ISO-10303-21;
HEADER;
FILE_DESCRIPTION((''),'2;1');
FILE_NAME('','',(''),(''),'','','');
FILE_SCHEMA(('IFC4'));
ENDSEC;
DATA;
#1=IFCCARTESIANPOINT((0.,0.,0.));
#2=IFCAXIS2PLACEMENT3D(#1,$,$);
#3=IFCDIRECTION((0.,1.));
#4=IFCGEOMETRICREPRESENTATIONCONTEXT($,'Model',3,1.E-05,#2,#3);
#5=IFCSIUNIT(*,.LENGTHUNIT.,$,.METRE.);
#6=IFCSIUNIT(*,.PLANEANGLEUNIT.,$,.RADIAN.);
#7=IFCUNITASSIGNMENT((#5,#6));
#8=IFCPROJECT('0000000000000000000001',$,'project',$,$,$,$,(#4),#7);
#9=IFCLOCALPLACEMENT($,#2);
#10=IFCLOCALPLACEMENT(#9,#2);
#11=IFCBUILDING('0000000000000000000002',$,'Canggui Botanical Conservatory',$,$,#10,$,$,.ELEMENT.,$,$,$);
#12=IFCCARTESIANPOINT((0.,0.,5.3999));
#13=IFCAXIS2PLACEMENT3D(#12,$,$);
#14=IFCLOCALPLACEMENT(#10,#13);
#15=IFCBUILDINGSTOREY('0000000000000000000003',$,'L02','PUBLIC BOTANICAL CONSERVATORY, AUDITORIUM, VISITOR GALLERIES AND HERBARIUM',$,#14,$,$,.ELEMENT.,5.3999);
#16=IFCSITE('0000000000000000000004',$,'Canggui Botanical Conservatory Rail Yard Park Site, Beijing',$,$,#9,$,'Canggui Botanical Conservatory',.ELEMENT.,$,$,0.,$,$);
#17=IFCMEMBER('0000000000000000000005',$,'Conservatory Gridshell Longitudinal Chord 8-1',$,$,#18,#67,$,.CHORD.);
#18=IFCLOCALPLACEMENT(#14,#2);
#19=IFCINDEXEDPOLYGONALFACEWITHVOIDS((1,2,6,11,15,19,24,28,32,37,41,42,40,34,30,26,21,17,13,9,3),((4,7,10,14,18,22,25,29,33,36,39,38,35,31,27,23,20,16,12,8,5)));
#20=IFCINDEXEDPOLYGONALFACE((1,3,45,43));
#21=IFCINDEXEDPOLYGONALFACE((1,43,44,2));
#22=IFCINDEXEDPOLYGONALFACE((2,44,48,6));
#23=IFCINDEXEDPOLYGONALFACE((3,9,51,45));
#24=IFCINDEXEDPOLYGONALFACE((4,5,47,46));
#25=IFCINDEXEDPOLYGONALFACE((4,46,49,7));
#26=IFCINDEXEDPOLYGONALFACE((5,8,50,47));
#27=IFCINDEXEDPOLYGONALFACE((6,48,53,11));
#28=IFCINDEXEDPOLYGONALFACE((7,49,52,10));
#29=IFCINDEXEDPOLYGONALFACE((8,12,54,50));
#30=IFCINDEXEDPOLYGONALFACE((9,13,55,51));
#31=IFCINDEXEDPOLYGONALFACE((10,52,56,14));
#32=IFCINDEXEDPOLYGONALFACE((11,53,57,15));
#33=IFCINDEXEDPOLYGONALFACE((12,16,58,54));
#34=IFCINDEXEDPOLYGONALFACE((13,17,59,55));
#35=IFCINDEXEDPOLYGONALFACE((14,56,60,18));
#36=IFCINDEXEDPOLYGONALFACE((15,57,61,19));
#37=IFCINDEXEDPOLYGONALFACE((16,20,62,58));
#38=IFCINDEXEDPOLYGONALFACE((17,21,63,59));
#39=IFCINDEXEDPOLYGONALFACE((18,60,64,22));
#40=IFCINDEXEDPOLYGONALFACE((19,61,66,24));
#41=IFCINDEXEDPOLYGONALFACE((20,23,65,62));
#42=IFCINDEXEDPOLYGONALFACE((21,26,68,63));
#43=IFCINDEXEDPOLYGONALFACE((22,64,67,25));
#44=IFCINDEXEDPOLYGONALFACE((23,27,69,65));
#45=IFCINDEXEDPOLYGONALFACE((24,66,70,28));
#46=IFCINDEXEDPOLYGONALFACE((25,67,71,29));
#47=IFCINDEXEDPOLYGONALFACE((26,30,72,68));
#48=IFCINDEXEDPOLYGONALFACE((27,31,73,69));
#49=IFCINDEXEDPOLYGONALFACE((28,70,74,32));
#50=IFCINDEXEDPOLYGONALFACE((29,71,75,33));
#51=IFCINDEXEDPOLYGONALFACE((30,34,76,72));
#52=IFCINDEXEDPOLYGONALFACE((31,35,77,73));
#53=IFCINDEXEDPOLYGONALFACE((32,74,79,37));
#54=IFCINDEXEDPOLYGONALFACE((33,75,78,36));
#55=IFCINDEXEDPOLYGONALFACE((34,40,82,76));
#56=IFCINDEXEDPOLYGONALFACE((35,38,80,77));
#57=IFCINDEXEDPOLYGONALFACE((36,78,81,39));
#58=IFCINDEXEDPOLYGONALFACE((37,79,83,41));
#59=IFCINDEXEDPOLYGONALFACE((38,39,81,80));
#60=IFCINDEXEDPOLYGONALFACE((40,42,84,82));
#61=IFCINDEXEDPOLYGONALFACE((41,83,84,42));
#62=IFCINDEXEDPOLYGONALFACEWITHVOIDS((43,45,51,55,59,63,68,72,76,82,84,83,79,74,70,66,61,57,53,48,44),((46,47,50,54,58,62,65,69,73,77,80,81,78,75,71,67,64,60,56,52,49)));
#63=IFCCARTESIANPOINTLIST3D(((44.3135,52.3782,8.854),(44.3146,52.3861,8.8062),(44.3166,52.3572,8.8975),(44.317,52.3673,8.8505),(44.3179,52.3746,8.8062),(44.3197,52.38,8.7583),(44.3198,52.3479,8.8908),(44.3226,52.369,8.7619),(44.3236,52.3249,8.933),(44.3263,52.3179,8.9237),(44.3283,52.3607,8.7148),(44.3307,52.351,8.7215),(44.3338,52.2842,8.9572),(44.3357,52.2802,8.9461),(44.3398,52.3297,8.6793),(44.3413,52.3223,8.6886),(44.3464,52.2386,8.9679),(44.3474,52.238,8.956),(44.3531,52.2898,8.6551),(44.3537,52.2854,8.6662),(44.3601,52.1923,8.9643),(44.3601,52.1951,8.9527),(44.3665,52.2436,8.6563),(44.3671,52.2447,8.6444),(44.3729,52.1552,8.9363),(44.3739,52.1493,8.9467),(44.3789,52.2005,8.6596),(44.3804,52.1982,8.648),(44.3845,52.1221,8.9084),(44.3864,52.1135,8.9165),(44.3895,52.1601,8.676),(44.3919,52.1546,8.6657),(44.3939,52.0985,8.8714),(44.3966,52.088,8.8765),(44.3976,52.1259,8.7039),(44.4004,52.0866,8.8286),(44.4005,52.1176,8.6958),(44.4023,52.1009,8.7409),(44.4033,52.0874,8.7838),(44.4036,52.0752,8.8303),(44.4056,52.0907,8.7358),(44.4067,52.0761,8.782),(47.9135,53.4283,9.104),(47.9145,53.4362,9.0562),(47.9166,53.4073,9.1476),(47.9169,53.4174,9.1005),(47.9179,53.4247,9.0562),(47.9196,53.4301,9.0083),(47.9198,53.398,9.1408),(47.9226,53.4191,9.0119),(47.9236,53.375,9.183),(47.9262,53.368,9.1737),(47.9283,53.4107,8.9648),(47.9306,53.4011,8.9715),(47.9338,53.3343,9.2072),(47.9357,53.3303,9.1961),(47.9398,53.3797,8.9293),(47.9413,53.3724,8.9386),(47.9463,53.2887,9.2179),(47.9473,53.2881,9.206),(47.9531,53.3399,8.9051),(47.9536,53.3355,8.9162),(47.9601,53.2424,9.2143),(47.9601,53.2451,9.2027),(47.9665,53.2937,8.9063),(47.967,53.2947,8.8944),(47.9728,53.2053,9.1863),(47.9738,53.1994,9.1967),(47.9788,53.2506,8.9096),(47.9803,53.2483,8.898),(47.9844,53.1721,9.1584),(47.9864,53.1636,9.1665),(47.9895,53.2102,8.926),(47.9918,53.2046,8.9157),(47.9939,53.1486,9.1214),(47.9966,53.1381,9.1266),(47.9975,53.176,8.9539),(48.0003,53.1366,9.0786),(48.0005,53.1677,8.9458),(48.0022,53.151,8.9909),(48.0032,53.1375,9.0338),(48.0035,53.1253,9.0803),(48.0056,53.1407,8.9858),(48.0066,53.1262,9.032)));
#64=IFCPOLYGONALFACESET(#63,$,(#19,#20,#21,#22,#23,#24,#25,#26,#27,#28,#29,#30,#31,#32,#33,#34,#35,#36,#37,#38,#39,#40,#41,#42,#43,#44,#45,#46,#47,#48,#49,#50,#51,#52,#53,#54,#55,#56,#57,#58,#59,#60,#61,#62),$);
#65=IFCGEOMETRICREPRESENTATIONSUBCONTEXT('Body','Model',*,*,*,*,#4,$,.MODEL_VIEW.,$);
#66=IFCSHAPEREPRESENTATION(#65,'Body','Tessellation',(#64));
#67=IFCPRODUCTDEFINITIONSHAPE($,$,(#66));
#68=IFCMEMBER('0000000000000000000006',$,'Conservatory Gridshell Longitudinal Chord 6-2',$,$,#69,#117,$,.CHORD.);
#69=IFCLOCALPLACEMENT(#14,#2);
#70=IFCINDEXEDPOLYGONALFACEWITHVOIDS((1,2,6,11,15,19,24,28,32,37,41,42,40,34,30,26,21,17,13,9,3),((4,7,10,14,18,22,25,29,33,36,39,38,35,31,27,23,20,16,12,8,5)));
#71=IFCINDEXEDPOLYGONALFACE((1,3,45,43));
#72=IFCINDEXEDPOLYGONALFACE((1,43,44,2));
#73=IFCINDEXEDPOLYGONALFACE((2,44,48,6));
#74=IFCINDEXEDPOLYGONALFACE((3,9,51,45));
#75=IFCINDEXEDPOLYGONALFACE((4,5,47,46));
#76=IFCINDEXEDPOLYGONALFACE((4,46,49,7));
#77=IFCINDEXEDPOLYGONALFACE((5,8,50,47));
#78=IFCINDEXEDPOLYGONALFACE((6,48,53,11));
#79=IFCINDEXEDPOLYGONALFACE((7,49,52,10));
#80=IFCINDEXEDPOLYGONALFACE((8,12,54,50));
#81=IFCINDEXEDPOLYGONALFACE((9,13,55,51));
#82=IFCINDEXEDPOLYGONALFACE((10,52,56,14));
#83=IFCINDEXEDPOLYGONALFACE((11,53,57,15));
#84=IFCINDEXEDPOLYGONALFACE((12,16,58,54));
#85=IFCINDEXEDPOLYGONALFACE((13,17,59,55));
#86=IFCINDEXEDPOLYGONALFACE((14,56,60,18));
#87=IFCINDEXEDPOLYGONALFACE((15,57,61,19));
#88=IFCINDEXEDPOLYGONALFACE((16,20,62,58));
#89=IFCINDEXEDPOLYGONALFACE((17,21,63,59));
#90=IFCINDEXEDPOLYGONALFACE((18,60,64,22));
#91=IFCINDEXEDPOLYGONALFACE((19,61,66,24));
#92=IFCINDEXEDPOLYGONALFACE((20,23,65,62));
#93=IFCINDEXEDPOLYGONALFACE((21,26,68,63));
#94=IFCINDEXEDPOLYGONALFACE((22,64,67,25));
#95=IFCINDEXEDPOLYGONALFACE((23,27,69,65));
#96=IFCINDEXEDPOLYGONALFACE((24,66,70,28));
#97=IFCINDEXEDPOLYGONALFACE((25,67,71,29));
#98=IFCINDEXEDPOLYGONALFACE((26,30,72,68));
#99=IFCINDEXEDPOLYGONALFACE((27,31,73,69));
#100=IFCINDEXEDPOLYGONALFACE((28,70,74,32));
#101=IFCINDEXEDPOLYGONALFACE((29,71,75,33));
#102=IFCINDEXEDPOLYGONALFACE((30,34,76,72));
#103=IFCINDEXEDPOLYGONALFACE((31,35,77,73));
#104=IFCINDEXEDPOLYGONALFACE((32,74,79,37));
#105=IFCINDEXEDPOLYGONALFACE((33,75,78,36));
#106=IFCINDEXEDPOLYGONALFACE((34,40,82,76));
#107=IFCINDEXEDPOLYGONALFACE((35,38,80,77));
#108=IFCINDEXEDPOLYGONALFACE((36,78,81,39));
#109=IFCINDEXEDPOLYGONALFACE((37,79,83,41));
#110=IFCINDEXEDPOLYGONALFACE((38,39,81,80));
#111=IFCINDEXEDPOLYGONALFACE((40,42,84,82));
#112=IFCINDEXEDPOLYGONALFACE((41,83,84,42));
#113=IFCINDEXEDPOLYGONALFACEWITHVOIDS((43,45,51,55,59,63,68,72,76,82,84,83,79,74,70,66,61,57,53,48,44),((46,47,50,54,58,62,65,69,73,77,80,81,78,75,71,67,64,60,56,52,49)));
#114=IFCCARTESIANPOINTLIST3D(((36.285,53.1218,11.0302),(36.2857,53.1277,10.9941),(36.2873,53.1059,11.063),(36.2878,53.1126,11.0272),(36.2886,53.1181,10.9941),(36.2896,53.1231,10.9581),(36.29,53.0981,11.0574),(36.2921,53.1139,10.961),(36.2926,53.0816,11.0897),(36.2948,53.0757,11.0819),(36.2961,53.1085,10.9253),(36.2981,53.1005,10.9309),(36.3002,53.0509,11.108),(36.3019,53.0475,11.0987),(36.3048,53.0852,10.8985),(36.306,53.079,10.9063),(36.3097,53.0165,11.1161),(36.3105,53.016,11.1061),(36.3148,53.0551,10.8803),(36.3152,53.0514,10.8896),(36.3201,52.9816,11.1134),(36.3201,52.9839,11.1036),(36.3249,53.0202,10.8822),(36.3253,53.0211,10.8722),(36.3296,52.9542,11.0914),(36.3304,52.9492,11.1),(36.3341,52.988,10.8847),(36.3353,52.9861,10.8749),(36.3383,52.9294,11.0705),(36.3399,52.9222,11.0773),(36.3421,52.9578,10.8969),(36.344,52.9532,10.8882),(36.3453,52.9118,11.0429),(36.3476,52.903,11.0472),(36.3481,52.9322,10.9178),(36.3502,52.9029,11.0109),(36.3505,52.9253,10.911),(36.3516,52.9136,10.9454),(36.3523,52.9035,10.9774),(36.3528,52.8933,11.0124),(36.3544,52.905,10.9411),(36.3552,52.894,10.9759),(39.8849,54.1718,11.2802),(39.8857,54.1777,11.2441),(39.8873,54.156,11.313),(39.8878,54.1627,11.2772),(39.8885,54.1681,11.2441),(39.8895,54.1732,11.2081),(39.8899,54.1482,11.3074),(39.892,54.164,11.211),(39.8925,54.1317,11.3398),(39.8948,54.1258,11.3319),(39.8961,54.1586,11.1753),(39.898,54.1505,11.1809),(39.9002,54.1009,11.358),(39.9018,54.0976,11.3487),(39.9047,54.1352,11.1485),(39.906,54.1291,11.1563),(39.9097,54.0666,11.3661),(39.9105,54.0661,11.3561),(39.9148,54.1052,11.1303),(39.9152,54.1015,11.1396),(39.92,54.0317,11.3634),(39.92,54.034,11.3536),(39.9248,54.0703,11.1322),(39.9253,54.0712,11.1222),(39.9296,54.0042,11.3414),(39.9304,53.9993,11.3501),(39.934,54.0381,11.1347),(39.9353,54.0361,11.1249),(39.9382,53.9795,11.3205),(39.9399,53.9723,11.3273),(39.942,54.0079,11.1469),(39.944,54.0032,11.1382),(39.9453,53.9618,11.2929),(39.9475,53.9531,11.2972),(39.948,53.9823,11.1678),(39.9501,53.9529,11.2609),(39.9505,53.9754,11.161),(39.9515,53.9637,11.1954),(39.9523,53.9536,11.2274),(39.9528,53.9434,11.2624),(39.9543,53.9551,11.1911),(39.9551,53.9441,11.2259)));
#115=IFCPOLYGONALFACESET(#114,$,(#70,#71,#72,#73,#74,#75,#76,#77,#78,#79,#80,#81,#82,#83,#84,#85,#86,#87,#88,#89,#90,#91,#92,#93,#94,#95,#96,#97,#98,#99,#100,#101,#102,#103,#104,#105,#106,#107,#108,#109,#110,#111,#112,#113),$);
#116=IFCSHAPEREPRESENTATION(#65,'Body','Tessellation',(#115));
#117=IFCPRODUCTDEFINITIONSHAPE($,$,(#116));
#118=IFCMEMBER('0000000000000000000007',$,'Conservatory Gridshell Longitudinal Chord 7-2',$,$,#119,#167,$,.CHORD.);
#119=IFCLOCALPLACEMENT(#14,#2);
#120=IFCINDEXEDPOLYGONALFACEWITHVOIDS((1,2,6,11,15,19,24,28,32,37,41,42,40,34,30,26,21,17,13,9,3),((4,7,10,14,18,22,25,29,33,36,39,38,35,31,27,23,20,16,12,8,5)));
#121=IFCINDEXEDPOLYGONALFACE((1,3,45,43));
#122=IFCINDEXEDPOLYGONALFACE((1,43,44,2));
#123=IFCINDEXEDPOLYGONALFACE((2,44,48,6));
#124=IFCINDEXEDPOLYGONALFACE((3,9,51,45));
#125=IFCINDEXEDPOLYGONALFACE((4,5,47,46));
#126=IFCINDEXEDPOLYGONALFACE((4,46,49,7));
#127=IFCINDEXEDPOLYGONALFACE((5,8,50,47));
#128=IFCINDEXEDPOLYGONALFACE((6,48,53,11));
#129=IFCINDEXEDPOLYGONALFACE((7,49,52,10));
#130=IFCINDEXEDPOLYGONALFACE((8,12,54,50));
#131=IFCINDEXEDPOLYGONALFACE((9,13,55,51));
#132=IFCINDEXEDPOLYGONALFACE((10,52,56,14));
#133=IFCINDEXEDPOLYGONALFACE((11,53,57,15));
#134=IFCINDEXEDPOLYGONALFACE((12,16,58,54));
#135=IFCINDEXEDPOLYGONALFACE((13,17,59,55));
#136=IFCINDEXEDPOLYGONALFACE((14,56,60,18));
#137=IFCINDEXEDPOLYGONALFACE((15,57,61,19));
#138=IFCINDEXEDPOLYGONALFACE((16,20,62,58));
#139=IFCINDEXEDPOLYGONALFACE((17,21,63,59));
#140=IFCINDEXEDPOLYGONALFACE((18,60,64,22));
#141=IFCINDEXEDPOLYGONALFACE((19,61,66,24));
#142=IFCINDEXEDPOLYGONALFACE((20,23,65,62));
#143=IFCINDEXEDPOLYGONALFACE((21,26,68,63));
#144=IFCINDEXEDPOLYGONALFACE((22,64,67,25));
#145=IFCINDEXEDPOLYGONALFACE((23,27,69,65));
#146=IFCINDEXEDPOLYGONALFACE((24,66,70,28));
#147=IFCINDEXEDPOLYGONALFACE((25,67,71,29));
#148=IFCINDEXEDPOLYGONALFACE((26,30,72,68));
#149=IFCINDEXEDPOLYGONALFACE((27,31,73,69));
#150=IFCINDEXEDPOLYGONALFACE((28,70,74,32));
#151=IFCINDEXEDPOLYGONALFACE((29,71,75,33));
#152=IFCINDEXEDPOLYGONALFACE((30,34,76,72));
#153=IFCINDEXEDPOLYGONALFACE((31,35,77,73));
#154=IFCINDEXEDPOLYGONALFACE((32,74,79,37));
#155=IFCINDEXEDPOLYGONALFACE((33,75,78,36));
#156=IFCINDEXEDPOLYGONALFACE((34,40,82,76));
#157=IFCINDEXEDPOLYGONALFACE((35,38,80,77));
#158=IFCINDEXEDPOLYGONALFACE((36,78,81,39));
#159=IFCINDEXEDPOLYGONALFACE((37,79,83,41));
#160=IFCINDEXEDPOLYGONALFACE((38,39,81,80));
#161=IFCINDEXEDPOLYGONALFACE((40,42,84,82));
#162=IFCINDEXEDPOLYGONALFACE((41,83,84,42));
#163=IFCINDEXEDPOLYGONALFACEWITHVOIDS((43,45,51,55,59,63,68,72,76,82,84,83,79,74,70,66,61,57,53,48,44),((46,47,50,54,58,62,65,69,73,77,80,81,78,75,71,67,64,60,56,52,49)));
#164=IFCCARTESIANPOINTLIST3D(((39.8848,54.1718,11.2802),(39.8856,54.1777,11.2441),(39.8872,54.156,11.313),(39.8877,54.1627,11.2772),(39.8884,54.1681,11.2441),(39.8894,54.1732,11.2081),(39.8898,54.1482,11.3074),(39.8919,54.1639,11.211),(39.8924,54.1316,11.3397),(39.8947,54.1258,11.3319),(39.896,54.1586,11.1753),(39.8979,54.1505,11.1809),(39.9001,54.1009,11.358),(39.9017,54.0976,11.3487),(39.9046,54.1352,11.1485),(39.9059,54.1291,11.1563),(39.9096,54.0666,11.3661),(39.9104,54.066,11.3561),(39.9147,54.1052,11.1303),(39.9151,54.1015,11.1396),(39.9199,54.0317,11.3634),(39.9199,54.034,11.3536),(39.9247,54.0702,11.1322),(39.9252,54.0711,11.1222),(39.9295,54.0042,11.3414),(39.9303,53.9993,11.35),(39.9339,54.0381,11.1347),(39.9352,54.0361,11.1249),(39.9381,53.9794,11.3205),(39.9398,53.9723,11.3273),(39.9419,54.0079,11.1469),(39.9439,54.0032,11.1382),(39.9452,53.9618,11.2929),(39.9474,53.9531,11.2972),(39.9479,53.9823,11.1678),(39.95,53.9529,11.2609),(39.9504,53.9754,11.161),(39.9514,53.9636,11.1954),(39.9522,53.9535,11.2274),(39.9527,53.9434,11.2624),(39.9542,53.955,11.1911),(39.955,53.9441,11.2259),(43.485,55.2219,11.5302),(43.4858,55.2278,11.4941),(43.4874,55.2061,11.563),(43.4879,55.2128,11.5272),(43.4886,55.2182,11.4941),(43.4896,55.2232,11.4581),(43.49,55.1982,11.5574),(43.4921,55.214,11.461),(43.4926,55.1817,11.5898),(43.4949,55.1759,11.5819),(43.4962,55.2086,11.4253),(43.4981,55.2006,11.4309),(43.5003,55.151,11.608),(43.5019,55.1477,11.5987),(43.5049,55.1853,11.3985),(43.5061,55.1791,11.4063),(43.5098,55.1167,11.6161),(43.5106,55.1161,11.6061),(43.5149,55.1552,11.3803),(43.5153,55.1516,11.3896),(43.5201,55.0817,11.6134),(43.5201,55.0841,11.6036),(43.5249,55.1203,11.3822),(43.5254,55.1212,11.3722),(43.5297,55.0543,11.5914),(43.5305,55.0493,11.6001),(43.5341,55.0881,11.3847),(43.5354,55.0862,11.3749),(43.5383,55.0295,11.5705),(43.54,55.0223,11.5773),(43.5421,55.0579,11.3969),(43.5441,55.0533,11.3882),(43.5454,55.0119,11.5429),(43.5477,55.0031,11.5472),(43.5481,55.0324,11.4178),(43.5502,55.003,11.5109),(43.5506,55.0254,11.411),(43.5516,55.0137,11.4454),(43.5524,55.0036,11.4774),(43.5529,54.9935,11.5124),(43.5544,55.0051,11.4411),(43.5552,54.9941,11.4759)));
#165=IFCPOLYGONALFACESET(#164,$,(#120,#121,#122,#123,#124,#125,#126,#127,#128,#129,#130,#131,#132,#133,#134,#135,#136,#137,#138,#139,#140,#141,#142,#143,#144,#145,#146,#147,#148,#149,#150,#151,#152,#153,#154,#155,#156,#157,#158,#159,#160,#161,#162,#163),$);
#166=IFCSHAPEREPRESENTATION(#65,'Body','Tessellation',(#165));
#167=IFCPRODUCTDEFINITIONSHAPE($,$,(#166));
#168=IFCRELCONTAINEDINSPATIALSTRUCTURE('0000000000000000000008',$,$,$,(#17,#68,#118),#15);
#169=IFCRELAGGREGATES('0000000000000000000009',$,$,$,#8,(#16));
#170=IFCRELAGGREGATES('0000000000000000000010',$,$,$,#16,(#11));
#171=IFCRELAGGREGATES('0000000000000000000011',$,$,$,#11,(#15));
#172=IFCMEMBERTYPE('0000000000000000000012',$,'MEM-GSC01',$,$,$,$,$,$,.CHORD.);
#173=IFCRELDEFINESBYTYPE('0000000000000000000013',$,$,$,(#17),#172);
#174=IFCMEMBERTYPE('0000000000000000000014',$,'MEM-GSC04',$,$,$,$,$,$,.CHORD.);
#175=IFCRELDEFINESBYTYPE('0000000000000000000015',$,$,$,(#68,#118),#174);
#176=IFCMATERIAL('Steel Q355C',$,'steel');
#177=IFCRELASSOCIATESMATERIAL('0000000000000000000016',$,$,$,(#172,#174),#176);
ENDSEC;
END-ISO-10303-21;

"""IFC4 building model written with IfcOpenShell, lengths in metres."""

from ifc_helpers import new_model, si_unit, direction, frame, origin, origin_2d, place, context, subcontext, project, spatial, hollow_circle, extrude, material, material_profile, profile_set, type_object, element, save


model = new_model("IFC4")

# Units and contexts
model_context = context("Model", 3, precision=1e-05, world=origin(), true_north=direction((0.0, 1.0)))
body_context = subcontext(model_context, "Body", "Model", "MODEL_VIEW")
ifc_project = project(units=[si_unit("LENGTHUNIT", "METRE"), si_unit("PLANEANGLEUNIT", "RADIAN")], contexts=[model_context])

# Site, building, storey
site_placement = place(None, origin())
site = spatial("IfcSite", under=ifc_project, at=site_placement, Name="Canggui Botanical Conservatory Rail Yard Park Site, Beijing", LongName="Canggui Botanical Conservatory", CompositionType="ELEMENT", RefElevation=0.0)
building_placement = place(site_placement, origin())
building = spatial("IfcBuilding", under=site, at=building_placement, Name="Canggui Botanical Conservatory", CompositionType="ELEMENT")
storey_placement = place(building_placement, frame((0.0, 0.0, 5.3999)))
storey = spatial("IfcBuildingStorey", under=building, at=storey_placement, Name="L02", Description="PUBLIC BOTANICAL CONSERVATORY, AUDITORIUM, VISITOR GALLERIES AND HERBARIUM", CompositionType="ELEMENT", Elevation=5.3999)

# Shared definitions
ifc_material_1 = material(Name="Steel Q355C", Category="steel")

# Members
ifc_material_profile_1 = material_profile(ifc_material_1, hollow_circle(Radius=0.1626, WallThickness=0.012, at=origin_2d()), Name="CHS 325x12")
ifc_profile_set_1 = profile_set([ifc_material_profile_1], Name="Steel Q355C")
member_type_1 = type_object("IfcMemberType", Name="MEM-GSC01", PredefinedType="CHORD", material=ifc_profile_set_1)
member_1_placement = place(storey_placement, frame((44.3601, 52.23, 8.8062), z_axis=(0.957867, 0.279402, 0.066521), x_axis=(-0.280023, 0.959993, 0.0)))
element("IfcMember", 1, at=member_1_placement, inside=storey, type_object=member_type_1, Name="Conservatory Gridshell Longitudinal Chord 8-1", PredefinedType="CHORD", context=body_context, shape_type="SweptSolid", body=[
    extrude(hollow_circle(Radius=0.1626, WallThickness=0.012, at=origin_2d()), origin(), (0.0, 0.0, 1.0), 3.7583),
])
ifc_material_profile_2 = material_profile(ifc_material_1, hollow_circle(Radius=0.1226, WallThickness=0.01, at=origin_2d()), Name="CHS 245x10")
ifc_profile_set_2 = profile_set([ifc_material_profile_2], Name="Steel Q355C")
member_type_2 = type_object("IfcMemberType", Name="MEM-GSC04", PredefinedType="CHORD", material=ifc_profile_set_2)
member_2_placement = place(storey_placement, frame((36.3201, 53.01, 10.9941), z_axis=(0.957867, 0.279402, 0.066521), x_axis=(-0.280023, 0.959993, 0.0)))
element("IfcMember", 2, at=member_2_placement, inside=storey, type_object=member_type_2, Name="Conservatory Gridshell Longitudinal Chord 6-2", PredefinedType="CHORD", context=body_context, shape_type="SweptSolid", body=[
    extrude(hollow_circle(Radius=0.1226, WallThickness=0.01, at=origin_2d()), origin(), (0.0, 0.0, 1.0), 3.7583),
])
member_3_placement = place(storey_placement, frame((39.9199, 54.0601, 11.2441), z_axis=(0.957872, 0.279385, 0.066517), x_axis=(-0.280005, 0.959999, 0.0)))
element("IfcMember", 3, at=member_3_placement, inside=storey, type_object=member_type_2, Name="Conservatory Gridshell Longitudinal Chord 7-2", PredefinedType="CHORD", context=body_context, shape_type="SweptSolid", body=[
    extrude(hollow_circle(Radius=0.1226, WallThickness=0.01, at=origin_2d()), origin(), (0.0, 0.0, 1.0), 3.7585),
])

save(model, "model.ifc")
